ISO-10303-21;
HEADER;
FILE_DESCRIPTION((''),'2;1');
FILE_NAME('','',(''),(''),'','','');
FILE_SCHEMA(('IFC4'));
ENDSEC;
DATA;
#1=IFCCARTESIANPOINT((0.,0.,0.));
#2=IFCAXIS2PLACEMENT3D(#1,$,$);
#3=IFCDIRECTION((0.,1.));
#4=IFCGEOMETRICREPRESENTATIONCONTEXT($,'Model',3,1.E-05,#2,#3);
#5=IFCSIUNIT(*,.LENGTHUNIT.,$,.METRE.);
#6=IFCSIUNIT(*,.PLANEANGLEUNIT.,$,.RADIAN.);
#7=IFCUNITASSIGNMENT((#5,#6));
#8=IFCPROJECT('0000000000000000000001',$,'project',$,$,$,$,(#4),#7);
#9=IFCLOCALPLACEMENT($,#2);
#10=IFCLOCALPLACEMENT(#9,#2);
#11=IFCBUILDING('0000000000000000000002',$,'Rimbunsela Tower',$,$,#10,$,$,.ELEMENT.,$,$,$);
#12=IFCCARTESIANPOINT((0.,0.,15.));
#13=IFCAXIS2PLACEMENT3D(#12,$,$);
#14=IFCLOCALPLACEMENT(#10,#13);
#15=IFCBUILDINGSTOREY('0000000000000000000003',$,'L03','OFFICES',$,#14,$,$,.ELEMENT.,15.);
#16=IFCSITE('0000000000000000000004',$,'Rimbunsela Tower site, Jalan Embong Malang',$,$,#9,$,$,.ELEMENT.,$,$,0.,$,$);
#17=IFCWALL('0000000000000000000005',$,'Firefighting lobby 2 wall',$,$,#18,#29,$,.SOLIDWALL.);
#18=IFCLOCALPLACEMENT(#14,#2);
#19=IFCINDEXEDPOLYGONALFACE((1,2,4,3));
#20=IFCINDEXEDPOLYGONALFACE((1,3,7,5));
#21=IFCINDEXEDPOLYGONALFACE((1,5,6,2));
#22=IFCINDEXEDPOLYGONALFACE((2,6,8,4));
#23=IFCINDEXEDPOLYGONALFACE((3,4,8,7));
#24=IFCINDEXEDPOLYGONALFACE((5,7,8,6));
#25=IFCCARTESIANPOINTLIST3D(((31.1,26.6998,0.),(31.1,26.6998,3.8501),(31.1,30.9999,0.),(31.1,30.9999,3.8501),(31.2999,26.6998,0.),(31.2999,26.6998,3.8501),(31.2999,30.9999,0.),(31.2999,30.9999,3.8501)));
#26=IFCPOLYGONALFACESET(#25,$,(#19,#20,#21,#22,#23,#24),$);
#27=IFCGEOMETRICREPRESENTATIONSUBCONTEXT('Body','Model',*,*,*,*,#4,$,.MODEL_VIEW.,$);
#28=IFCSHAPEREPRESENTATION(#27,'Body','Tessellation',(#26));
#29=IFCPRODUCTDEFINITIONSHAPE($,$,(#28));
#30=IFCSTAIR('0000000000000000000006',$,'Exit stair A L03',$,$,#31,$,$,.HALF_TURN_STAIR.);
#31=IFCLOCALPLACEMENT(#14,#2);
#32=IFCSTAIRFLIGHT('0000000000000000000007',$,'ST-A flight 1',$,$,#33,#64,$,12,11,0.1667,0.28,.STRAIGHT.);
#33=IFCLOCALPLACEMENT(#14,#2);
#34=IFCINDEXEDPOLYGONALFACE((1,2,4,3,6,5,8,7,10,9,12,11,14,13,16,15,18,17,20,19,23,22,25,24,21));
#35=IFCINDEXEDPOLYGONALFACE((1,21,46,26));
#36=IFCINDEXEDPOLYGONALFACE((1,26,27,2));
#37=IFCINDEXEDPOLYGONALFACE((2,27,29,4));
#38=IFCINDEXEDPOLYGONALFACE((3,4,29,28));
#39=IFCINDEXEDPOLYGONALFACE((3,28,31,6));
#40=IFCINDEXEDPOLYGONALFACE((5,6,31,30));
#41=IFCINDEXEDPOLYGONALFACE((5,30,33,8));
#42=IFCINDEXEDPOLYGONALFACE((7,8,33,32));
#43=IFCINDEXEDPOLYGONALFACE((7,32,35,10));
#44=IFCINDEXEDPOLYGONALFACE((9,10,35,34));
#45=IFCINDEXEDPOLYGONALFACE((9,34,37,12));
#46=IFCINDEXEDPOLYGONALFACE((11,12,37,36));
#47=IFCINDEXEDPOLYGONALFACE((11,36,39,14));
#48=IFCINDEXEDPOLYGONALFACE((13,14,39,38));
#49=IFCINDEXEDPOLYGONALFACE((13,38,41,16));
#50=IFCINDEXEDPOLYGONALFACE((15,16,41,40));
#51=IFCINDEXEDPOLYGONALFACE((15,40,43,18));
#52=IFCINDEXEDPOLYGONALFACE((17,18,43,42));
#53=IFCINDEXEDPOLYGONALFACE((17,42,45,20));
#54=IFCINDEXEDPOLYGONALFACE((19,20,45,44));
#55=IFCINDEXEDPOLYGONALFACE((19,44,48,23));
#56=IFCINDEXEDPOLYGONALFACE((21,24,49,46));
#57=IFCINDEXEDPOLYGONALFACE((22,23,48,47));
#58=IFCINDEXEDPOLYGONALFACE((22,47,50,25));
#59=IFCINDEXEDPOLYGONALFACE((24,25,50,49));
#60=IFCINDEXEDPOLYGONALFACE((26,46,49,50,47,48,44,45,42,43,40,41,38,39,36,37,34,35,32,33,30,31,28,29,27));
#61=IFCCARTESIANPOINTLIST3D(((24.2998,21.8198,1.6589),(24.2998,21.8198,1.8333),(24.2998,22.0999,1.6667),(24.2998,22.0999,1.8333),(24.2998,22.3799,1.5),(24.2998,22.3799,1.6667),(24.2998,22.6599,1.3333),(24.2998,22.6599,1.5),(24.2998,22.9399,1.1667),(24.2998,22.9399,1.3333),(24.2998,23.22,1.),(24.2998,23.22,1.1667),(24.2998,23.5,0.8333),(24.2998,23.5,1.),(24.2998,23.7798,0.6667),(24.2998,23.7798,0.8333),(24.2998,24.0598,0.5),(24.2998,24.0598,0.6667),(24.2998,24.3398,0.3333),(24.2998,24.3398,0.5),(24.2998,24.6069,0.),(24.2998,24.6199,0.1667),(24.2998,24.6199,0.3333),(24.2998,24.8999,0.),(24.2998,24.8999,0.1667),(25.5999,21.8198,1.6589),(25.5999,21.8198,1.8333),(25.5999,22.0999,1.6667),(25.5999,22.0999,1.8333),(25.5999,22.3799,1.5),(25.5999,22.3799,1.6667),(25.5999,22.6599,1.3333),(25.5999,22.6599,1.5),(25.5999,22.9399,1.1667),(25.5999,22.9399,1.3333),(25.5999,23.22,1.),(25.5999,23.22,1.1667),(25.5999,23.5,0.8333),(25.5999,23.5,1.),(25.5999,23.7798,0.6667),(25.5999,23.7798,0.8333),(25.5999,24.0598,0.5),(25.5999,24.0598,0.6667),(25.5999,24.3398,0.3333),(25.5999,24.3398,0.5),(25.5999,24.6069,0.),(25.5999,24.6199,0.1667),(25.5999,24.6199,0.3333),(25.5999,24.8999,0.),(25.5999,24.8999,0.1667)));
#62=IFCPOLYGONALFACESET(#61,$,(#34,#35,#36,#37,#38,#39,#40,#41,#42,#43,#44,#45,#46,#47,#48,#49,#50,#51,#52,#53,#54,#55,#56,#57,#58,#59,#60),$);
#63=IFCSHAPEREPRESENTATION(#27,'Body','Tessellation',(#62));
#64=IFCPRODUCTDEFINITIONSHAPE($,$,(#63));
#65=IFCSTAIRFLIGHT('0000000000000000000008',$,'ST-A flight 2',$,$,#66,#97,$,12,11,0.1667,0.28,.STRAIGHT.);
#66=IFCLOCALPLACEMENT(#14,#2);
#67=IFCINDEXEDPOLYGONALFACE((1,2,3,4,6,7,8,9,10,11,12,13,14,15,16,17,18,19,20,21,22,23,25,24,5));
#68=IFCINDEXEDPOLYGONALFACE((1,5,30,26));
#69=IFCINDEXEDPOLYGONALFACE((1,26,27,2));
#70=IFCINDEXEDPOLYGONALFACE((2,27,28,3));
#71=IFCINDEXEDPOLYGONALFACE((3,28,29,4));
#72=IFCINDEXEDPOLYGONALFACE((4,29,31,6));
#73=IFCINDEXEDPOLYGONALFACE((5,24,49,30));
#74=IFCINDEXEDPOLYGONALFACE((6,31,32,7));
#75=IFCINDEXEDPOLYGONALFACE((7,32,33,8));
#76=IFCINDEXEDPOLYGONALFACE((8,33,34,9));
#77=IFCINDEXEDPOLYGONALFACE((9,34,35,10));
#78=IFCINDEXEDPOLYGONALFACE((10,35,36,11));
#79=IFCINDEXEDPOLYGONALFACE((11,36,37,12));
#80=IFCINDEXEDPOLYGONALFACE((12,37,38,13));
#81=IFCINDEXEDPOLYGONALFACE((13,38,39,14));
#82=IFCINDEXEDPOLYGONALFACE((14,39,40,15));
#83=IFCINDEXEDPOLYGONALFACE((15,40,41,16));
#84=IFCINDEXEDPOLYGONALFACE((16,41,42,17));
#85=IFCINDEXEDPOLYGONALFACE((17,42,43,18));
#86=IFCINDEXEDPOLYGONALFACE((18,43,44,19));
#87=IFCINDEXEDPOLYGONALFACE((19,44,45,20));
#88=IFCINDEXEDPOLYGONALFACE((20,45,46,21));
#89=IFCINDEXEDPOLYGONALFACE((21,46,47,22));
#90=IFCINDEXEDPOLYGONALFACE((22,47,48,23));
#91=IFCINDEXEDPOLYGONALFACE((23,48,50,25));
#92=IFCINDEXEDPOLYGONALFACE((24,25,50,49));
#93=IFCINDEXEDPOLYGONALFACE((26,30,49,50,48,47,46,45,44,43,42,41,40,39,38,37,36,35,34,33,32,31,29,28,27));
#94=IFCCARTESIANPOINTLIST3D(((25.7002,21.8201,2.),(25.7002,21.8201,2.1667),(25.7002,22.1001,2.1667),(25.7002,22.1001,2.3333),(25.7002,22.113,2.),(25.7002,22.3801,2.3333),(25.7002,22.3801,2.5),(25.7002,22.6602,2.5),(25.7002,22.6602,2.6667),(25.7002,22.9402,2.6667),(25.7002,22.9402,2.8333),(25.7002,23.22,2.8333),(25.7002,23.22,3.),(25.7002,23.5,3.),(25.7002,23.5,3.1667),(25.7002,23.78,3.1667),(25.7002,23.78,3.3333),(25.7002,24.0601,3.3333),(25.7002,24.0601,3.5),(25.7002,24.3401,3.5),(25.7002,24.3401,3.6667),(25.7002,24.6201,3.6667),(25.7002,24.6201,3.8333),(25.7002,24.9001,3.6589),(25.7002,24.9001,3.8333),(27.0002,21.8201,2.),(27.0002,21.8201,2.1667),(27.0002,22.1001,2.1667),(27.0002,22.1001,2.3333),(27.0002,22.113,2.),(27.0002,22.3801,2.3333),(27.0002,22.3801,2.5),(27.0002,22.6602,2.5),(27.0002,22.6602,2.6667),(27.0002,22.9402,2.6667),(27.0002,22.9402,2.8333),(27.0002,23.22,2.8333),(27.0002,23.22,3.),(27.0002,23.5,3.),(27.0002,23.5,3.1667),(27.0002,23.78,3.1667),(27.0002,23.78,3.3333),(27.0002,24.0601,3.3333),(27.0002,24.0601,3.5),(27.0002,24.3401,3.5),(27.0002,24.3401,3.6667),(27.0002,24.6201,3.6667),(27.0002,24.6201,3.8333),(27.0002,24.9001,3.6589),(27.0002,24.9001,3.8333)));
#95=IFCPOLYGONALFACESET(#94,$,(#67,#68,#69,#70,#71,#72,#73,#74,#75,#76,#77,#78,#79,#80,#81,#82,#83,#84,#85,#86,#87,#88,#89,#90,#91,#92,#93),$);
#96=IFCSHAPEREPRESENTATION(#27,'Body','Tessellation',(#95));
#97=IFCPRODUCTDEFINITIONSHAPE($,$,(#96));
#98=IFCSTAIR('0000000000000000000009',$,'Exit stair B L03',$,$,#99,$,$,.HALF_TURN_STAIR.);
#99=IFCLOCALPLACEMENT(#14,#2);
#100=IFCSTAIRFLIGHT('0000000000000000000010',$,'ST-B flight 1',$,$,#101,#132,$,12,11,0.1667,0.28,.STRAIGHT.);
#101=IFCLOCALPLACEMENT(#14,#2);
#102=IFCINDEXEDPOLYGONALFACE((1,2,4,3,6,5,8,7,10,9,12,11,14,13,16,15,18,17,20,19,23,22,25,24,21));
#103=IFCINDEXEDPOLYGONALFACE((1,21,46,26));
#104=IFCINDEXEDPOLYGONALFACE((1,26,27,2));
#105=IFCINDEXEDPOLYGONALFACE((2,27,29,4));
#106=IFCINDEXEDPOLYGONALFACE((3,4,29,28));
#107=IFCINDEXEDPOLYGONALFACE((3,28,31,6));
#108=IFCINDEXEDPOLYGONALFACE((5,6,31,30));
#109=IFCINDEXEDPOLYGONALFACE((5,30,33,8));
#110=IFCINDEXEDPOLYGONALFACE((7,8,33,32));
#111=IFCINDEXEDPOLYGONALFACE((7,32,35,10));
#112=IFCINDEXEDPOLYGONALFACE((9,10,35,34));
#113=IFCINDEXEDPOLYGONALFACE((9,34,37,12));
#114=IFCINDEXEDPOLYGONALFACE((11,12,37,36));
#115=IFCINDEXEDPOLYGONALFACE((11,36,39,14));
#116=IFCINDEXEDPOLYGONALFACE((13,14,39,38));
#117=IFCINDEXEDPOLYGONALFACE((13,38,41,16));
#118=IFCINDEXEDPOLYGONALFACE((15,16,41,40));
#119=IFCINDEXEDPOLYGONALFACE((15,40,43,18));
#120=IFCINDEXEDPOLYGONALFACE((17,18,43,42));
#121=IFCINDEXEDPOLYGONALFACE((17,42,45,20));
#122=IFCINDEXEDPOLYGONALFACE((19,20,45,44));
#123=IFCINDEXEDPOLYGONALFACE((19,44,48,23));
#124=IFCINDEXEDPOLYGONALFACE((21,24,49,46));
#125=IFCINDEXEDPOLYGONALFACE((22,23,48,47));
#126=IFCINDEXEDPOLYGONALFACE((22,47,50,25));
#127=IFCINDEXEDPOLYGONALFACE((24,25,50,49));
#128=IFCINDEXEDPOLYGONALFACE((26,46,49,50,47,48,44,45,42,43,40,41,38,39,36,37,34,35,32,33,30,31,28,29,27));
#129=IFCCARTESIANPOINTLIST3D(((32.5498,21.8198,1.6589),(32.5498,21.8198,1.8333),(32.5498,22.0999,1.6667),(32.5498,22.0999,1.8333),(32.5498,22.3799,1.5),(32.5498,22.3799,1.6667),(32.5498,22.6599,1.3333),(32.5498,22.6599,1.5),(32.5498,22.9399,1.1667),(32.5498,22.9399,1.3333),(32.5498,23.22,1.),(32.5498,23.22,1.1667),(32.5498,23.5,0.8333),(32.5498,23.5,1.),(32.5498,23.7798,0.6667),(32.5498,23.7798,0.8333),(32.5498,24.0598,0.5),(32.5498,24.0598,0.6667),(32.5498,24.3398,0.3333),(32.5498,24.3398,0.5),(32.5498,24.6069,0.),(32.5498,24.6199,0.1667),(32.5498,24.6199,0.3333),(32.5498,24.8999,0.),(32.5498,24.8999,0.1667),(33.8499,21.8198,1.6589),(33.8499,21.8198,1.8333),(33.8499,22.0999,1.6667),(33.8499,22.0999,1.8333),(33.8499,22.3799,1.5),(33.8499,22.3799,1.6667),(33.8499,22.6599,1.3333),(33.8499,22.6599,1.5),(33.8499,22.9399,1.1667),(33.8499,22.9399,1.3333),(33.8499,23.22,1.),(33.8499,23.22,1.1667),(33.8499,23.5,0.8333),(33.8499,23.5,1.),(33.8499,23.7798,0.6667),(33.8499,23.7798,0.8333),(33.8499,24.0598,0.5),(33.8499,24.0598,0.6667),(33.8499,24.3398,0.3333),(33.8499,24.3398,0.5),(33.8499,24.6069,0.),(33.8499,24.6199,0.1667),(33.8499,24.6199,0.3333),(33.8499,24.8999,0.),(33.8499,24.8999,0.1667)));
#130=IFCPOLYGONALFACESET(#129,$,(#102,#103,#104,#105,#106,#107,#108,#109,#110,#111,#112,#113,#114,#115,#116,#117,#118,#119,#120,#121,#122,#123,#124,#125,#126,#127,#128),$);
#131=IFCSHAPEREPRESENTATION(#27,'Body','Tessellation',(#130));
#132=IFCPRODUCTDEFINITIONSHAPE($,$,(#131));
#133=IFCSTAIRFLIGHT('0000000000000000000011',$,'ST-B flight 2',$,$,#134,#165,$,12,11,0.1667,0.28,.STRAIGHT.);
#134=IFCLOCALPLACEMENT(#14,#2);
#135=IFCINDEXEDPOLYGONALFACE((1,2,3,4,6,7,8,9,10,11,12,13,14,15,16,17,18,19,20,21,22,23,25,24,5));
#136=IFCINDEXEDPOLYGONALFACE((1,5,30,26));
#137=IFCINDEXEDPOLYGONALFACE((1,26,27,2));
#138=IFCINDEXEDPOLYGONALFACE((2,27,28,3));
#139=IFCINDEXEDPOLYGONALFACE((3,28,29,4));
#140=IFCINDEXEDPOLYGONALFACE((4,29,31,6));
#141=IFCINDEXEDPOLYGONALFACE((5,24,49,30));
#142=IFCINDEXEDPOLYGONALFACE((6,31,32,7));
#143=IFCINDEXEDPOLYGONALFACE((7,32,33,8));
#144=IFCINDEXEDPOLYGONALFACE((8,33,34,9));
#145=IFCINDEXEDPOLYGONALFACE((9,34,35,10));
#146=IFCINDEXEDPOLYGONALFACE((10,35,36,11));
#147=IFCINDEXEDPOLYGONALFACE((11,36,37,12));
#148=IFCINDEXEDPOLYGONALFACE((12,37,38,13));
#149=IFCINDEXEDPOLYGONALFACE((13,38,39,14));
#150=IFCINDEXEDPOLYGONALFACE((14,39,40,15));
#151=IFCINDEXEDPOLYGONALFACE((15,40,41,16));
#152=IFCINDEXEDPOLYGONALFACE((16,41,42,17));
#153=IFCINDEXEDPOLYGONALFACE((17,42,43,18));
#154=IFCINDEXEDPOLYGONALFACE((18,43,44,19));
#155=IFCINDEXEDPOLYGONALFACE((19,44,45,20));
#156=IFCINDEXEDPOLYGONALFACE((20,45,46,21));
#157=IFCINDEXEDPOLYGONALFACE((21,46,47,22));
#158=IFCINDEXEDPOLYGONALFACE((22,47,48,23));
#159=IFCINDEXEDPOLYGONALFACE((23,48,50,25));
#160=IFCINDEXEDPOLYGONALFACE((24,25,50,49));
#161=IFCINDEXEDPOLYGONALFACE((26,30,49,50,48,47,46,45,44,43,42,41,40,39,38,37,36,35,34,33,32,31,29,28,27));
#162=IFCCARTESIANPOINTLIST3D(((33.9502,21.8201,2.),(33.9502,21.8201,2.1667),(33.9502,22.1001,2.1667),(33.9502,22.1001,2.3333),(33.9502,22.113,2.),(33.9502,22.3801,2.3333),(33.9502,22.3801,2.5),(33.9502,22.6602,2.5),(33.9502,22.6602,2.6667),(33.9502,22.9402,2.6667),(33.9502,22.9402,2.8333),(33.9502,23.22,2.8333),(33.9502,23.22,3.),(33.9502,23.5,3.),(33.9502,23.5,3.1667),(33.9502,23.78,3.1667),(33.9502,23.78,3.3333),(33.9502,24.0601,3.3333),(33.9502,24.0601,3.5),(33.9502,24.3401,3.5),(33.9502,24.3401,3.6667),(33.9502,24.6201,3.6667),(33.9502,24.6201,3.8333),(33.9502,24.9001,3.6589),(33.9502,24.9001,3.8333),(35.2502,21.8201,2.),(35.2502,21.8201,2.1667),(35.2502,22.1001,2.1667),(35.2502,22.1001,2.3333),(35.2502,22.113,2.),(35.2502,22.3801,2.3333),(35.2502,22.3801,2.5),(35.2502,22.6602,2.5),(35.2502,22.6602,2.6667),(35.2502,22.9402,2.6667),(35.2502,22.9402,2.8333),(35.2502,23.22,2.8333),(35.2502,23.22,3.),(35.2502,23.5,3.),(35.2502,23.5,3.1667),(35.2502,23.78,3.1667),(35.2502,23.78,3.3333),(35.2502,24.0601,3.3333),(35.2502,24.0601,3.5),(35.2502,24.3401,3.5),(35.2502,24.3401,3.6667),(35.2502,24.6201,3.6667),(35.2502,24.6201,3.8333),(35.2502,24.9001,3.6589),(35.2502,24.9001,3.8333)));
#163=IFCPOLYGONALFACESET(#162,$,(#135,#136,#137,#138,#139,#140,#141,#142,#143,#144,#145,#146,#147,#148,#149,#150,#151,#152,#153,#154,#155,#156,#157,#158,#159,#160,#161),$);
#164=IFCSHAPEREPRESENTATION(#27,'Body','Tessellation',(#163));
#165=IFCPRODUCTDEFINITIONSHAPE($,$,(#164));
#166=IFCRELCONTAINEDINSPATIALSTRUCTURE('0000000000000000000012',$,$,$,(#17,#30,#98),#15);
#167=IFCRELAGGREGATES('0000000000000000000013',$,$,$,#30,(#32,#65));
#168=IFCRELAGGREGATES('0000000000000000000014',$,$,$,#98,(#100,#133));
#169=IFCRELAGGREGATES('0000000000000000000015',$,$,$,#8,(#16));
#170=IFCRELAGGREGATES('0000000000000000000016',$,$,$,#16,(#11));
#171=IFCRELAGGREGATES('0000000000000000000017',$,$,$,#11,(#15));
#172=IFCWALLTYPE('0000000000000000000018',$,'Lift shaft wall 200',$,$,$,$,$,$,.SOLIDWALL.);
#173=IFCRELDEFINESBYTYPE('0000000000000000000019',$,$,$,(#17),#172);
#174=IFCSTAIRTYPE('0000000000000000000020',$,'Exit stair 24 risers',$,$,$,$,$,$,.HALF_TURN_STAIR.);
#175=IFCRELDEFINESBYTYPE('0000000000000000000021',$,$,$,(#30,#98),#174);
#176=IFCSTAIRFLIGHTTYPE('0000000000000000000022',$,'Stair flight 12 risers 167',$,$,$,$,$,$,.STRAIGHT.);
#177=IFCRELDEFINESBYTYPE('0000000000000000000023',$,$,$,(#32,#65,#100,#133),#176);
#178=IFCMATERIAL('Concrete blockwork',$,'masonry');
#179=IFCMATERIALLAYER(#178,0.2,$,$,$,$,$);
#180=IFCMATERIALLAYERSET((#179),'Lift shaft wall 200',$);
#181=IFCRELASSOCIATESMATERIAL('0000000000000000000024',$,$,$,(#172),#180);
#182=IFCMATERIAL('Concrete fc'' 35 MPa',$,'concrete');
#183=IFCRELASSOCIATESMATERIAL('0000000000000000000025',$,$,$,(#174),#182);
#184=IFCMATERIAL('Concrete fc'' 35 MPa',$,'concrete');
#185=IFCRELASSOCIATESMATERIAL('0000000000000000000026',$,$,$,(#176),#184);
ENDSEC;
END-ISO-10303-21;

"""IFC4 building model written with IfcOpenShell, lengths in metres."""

from ifc_helpers import new_model, si_unit, direction, frame, frame_2d, origin, place, context, subcontext, project, spatial, polyline, rectangle, outline, extrude, material, layer, layer_set, type_object, element, aggregate, save


model = new_model("IFC4")

# Units and contexts
model_context = context("Model", 3, precision=1e-05, world=origin(), true_north=direction((0.0, 1.0)))
body_context = subcontext(model_context, "Body", "Model", "MODEL_VIEW")
ifc_project = project(units=[si_unit("LENGTHUNIT", "METRE"), si_unit("PLANEANGLEUNIT", "RADIAN")], contexts=[model_context])

# Site, building, storey
site_placement = place(None, origin())
site = spatial("IfcSite", under=ifc_project, at=site_placement, Name="Rimbunsela Tower site, Jalan Embong Malang", CompositionType="ELEMENT", RefElevation=0.0)
building_placement = place(site_placement, origin())
building = spatial("IfcBuilding", under=site, at=building_placement, Name="Rimbunsela Tower", CompositionType="ELEMENT")
storey_placement = place(building_placement, frame((0.0, 0.0, 15.0)))
storey = spatial("IfcBuildingStorey", under=building, at=storey_placement, Name="L03", Description="OFFICES", CompositionType="ELEMENT", Elevation=15.0)

# Wall
ifc_material_1 = material(Name="Concrete blockwork", Category="masonry")
ifc_layer_1 = layer(ifc_material_1, 0.2)
ifc_layer_set_1 = layer_set([ifc_layer_1], Name="Lift shaft wall 200")
wall_type_1 = type_object("IfcWallType", Name="Lift shaft wall 200", PredefinedType="SOLIDWALL", material=ifc_layer_set_1)
wall_1_placement = place(storey_placement, frame((31.2, 26.7, 0.0), z_axis=(0.0, 0.0, 1.0), x_axis=(0.0, 1.0, 0.0)))
element("IfcWall", 1, at=wall_1_placement, inside=storey, type_object=wall_type_1, Name="Firefighting lobby 2 wall", PredefinedType="SOLIDWALL", context=body_context, shape_type="SweptSolid", body=[
    extrude(rectangle(XDim=4.3, YDim=0.2, at=frame_2d((2.1499, 0.0))), origin(), (0.0, 0.0, 1.0), 3.8501),
])

# Stairs, stair flights
ifc_material_2 = material(Name="Concrete fc' 35 MPa", Category="concrete")
stair_type = type_object("IfcStairType", Name="Exit stair 24 risers", PredefinedType="HALF_TURN_STAIR", material=ifc_material_2)
stair_1_placement = place(storey_placement, origin())
stair_1 = element("IfcStair", 2, at=stair_1_placement, inside=storey, type_object=stair_type, Name="Exit stair A L03", PredefinedType="HALF_TURN_STAIR")
ifc_material_3 = material(Name="Concrete fc' 35 MPa", Category="concrete")
stair_flight_type = type_object("IfcStairFlightType", Name="Stair flight 12 risers 167", PredefinedType="STRAIGHT", material=ifc_material_3)
stair_flight_1_placement = place(storey_placement, frame((24.95, 24.8999, 0.0), z_axis=(0.0, 0.0, 1.0), x_axis=(0.0, -1.0, 0.0)))
stair_flight_1 = element("IfcStairFlight", 3, at=stair_flight_1_placement, type_object=stair_flight_type, Name="ST-A flight 1", NumberOfRisers=12, NumberOfTreads=11, PredefinedType="STRAIGHT", RiserHeight=0.1667, TreadLength=0.28, context=body_context, shape_type="SweptSolid", body=[
    extrude(outline(polyline([(0.0, 0.0), (0.0, 0.1667), (0.28, 0.1667), (0.28, 0.3333), (0.5601, 0.3333), (0.5601, 0.5), (0.8401, 0.5), (0.8401, 0.6667), (1.1201, 0.6667), (1.1201, 0.8333), (1.3999, 0.8333), (1.3999, 1.0), (1.6799, 1.0), (1.6799, 1.1667), (1.96, 1.1667), (1.96, 1.3333), (2.24, 1.3333), (2.24, 1.5), (2.52, 1.5), (2.52, 1.6667), (2.8, 1.6667), (2.8, 1.8333), (3.0801, 1.8333), (3.0801, 2.0), (3.0801, 1.6589), (0.293, 0.0), (0.0, 0.0)])), frame((0.0, 0.6499, 0.0), z_axis=(0.0, -1.0, 0.0), x_axis=(1.0, 0.0, 0.0)), (0.0, 0.0, 1.0), 1.3),
])
stair_flight_2_placement = place(storey_placement, frame((26.3501, 21.8201, 2.0), z_axis=(0.0, 0.0, 1.0), x_axis=(0.0, 1.0, 0.0)))
stair_flight_2 = element("IfcStairFlight", 4, at=stair_flight_2_placement, type_object=stair_flight_type, Name="ST-A flight 2", NumberOfRisers=12, NumberOfTreads=11, PredefinedType="STRAIGHT", RiserHeight=0.1667, TreadLength=0.28, context=body_context, shape_type="SweptSolid", body=[
    extrude(outline(polyline([(0.0, 0.0), (0.0, 0.1667), (0.28, 0.1667), (0.28, 0.3333), (0.5601, 0.3333), (0.5601, 0.5), (0.8401, 0.5), (0.8401, 0.6667), (1.1201, 0.6667), (1.1201, 0.8333), (1.3999, 0.8333), (1.3999, 1.0), (1.6799, 1.0), (1.6799, 1.1667), (1.96, 1.1667), (1.96, 1.3333), (2.24, 1.3333), (2.24, 1.5), (2.52, 1.5), (2.52, 1.6667), (2.8, 1.6667), (2.8, 1.8333), (3.0801, 1.8333), (3.0801, 2.0), (3.0801, 1.6589), (0.293, 0.0), (0.0, 0.0)])), frame((0.0, 0.6499, 0.0), z_axis=(0.0, -1.0, 0.0), x_axis=(1.0, 0.0, 0.0)), (0.0, 0.0, 1.0), 1.3),
])
aggregate(stair_1, [stair_flight_1, stair_flight_2])
stair_2_placement = place(storey_placement, origin())
stair_2 = element("IfcStair", 5, at=stair_2_placement, inside=storey, type_object=stair_type, Name="Exit stair B L03", PredefinedType="HALF_TURN_STAIR")
stair_flight_3_placement = place(storey_placement, frame((33.2, 24.8999, 0.0), z_axis=(0.0, 0.0, 1.0), x_axis=(0.0, -1.0, 0.0)))
stair_flight_3 = element("IfcStairFlight", 6, at=stair_flight_3_placement, type_object=stair_flight_type, Name="ST-B flight 1", NumberOfRisers=12, NumberOfTreads=11, PredefinedType="STRAIGHT", RiserHeight=0.1667, TreadLength=0.28, context=body_context, shape_type="SweptSolid", body=[
    extrude(outline(polyline([(0.0, 0.0), (0.0, 0.1667), (0.28, 0.1667), (0.28, 0.3333), (0.5601, 0.3333), (0.5601, 0.5), (0.8401, 0.5), (0.8401, 0.6667), (1.1201, 0.6667), (1.1201, 0.8333), (1.3999, 0.8333), (1.3999, 1.0), (1.6799, 1.0), (1.6799, 1.1667), (1.96, 1.1667), (1.96, 1.3333), (2.24, 1.3333), (2.24, 1.5), (2.52, 1.5), (2.52, 1.6667), (2.8, 1.6667), (2.8, 1.8333), (3.0801, 1.8333), (3.0801, 2.0), (3.0801, 1.6589), (0.293, 0.0), (0.0, 0.0)])), frame((0.0, 0.6499, 0.0), z_axis=(0.0, -1.0, 0.0), x_axis=(1.0, 0.0, 0.0)), (0.0, 0.0, 1.0), 1.3),
])
stair_flight_4_placement = place(storey_placement, frame((34.6001, 21.8201, 2.0), z_axis=(0.0, 0.0, 1.0), x_axis=(0.0, 1.0, 0.0)))
stair_flight_4 = element("IfcStairFlight", 7, at=stair_flight_4_placement, type_object=stair_flight_type, Name="ST-B flight 2", NumberOfRisers=12, NumberOfTreads=11, PredefinedType="STRAIGHT", RiserHeight=0.1667, TreadLength=0.28, context=body_context, shape_type="SweptSolid", body=[
    extrude(outline(polyline([(0.0, 0.0), (0.0, 0.1667), (0.28, 0.1667), (0.28, 0.3333), (0.5601, 0.3333), (0.5601, 0.5), (0.8401, 0.5), (0.8401, 0.6667), (1.1201, 0.6667), (1.1201, 0.8333), (1.3999, 0.8333), (1.3999, 1.0), (1.6799, 1.0), (1.6799, 1.1667), (1.96, 1.1667), (1.96, 1.3333), (2.24, 1.3333), (2.24, 1.5), (2.52, 1.5), (2.52, 1.6667), (2.8, 1.6667), (2.8, 1.8333), (3.0801, 1.8333), (3.0801, 2.0), (3.0801, 1.6589), (0.293, 0.0), (0.0, 0.0)])), frame((0.0, 0.6499, 0.0), z_axis=(0.0, -1.0, 0.0), x_axis=(1.0, 0.0, 0.0)), (0.0, 0.0, 1.0), 1.3),
])
aggregate(stair_2, [stair_flight_3, stair_flight_4])

save(model, "model.ifc")
